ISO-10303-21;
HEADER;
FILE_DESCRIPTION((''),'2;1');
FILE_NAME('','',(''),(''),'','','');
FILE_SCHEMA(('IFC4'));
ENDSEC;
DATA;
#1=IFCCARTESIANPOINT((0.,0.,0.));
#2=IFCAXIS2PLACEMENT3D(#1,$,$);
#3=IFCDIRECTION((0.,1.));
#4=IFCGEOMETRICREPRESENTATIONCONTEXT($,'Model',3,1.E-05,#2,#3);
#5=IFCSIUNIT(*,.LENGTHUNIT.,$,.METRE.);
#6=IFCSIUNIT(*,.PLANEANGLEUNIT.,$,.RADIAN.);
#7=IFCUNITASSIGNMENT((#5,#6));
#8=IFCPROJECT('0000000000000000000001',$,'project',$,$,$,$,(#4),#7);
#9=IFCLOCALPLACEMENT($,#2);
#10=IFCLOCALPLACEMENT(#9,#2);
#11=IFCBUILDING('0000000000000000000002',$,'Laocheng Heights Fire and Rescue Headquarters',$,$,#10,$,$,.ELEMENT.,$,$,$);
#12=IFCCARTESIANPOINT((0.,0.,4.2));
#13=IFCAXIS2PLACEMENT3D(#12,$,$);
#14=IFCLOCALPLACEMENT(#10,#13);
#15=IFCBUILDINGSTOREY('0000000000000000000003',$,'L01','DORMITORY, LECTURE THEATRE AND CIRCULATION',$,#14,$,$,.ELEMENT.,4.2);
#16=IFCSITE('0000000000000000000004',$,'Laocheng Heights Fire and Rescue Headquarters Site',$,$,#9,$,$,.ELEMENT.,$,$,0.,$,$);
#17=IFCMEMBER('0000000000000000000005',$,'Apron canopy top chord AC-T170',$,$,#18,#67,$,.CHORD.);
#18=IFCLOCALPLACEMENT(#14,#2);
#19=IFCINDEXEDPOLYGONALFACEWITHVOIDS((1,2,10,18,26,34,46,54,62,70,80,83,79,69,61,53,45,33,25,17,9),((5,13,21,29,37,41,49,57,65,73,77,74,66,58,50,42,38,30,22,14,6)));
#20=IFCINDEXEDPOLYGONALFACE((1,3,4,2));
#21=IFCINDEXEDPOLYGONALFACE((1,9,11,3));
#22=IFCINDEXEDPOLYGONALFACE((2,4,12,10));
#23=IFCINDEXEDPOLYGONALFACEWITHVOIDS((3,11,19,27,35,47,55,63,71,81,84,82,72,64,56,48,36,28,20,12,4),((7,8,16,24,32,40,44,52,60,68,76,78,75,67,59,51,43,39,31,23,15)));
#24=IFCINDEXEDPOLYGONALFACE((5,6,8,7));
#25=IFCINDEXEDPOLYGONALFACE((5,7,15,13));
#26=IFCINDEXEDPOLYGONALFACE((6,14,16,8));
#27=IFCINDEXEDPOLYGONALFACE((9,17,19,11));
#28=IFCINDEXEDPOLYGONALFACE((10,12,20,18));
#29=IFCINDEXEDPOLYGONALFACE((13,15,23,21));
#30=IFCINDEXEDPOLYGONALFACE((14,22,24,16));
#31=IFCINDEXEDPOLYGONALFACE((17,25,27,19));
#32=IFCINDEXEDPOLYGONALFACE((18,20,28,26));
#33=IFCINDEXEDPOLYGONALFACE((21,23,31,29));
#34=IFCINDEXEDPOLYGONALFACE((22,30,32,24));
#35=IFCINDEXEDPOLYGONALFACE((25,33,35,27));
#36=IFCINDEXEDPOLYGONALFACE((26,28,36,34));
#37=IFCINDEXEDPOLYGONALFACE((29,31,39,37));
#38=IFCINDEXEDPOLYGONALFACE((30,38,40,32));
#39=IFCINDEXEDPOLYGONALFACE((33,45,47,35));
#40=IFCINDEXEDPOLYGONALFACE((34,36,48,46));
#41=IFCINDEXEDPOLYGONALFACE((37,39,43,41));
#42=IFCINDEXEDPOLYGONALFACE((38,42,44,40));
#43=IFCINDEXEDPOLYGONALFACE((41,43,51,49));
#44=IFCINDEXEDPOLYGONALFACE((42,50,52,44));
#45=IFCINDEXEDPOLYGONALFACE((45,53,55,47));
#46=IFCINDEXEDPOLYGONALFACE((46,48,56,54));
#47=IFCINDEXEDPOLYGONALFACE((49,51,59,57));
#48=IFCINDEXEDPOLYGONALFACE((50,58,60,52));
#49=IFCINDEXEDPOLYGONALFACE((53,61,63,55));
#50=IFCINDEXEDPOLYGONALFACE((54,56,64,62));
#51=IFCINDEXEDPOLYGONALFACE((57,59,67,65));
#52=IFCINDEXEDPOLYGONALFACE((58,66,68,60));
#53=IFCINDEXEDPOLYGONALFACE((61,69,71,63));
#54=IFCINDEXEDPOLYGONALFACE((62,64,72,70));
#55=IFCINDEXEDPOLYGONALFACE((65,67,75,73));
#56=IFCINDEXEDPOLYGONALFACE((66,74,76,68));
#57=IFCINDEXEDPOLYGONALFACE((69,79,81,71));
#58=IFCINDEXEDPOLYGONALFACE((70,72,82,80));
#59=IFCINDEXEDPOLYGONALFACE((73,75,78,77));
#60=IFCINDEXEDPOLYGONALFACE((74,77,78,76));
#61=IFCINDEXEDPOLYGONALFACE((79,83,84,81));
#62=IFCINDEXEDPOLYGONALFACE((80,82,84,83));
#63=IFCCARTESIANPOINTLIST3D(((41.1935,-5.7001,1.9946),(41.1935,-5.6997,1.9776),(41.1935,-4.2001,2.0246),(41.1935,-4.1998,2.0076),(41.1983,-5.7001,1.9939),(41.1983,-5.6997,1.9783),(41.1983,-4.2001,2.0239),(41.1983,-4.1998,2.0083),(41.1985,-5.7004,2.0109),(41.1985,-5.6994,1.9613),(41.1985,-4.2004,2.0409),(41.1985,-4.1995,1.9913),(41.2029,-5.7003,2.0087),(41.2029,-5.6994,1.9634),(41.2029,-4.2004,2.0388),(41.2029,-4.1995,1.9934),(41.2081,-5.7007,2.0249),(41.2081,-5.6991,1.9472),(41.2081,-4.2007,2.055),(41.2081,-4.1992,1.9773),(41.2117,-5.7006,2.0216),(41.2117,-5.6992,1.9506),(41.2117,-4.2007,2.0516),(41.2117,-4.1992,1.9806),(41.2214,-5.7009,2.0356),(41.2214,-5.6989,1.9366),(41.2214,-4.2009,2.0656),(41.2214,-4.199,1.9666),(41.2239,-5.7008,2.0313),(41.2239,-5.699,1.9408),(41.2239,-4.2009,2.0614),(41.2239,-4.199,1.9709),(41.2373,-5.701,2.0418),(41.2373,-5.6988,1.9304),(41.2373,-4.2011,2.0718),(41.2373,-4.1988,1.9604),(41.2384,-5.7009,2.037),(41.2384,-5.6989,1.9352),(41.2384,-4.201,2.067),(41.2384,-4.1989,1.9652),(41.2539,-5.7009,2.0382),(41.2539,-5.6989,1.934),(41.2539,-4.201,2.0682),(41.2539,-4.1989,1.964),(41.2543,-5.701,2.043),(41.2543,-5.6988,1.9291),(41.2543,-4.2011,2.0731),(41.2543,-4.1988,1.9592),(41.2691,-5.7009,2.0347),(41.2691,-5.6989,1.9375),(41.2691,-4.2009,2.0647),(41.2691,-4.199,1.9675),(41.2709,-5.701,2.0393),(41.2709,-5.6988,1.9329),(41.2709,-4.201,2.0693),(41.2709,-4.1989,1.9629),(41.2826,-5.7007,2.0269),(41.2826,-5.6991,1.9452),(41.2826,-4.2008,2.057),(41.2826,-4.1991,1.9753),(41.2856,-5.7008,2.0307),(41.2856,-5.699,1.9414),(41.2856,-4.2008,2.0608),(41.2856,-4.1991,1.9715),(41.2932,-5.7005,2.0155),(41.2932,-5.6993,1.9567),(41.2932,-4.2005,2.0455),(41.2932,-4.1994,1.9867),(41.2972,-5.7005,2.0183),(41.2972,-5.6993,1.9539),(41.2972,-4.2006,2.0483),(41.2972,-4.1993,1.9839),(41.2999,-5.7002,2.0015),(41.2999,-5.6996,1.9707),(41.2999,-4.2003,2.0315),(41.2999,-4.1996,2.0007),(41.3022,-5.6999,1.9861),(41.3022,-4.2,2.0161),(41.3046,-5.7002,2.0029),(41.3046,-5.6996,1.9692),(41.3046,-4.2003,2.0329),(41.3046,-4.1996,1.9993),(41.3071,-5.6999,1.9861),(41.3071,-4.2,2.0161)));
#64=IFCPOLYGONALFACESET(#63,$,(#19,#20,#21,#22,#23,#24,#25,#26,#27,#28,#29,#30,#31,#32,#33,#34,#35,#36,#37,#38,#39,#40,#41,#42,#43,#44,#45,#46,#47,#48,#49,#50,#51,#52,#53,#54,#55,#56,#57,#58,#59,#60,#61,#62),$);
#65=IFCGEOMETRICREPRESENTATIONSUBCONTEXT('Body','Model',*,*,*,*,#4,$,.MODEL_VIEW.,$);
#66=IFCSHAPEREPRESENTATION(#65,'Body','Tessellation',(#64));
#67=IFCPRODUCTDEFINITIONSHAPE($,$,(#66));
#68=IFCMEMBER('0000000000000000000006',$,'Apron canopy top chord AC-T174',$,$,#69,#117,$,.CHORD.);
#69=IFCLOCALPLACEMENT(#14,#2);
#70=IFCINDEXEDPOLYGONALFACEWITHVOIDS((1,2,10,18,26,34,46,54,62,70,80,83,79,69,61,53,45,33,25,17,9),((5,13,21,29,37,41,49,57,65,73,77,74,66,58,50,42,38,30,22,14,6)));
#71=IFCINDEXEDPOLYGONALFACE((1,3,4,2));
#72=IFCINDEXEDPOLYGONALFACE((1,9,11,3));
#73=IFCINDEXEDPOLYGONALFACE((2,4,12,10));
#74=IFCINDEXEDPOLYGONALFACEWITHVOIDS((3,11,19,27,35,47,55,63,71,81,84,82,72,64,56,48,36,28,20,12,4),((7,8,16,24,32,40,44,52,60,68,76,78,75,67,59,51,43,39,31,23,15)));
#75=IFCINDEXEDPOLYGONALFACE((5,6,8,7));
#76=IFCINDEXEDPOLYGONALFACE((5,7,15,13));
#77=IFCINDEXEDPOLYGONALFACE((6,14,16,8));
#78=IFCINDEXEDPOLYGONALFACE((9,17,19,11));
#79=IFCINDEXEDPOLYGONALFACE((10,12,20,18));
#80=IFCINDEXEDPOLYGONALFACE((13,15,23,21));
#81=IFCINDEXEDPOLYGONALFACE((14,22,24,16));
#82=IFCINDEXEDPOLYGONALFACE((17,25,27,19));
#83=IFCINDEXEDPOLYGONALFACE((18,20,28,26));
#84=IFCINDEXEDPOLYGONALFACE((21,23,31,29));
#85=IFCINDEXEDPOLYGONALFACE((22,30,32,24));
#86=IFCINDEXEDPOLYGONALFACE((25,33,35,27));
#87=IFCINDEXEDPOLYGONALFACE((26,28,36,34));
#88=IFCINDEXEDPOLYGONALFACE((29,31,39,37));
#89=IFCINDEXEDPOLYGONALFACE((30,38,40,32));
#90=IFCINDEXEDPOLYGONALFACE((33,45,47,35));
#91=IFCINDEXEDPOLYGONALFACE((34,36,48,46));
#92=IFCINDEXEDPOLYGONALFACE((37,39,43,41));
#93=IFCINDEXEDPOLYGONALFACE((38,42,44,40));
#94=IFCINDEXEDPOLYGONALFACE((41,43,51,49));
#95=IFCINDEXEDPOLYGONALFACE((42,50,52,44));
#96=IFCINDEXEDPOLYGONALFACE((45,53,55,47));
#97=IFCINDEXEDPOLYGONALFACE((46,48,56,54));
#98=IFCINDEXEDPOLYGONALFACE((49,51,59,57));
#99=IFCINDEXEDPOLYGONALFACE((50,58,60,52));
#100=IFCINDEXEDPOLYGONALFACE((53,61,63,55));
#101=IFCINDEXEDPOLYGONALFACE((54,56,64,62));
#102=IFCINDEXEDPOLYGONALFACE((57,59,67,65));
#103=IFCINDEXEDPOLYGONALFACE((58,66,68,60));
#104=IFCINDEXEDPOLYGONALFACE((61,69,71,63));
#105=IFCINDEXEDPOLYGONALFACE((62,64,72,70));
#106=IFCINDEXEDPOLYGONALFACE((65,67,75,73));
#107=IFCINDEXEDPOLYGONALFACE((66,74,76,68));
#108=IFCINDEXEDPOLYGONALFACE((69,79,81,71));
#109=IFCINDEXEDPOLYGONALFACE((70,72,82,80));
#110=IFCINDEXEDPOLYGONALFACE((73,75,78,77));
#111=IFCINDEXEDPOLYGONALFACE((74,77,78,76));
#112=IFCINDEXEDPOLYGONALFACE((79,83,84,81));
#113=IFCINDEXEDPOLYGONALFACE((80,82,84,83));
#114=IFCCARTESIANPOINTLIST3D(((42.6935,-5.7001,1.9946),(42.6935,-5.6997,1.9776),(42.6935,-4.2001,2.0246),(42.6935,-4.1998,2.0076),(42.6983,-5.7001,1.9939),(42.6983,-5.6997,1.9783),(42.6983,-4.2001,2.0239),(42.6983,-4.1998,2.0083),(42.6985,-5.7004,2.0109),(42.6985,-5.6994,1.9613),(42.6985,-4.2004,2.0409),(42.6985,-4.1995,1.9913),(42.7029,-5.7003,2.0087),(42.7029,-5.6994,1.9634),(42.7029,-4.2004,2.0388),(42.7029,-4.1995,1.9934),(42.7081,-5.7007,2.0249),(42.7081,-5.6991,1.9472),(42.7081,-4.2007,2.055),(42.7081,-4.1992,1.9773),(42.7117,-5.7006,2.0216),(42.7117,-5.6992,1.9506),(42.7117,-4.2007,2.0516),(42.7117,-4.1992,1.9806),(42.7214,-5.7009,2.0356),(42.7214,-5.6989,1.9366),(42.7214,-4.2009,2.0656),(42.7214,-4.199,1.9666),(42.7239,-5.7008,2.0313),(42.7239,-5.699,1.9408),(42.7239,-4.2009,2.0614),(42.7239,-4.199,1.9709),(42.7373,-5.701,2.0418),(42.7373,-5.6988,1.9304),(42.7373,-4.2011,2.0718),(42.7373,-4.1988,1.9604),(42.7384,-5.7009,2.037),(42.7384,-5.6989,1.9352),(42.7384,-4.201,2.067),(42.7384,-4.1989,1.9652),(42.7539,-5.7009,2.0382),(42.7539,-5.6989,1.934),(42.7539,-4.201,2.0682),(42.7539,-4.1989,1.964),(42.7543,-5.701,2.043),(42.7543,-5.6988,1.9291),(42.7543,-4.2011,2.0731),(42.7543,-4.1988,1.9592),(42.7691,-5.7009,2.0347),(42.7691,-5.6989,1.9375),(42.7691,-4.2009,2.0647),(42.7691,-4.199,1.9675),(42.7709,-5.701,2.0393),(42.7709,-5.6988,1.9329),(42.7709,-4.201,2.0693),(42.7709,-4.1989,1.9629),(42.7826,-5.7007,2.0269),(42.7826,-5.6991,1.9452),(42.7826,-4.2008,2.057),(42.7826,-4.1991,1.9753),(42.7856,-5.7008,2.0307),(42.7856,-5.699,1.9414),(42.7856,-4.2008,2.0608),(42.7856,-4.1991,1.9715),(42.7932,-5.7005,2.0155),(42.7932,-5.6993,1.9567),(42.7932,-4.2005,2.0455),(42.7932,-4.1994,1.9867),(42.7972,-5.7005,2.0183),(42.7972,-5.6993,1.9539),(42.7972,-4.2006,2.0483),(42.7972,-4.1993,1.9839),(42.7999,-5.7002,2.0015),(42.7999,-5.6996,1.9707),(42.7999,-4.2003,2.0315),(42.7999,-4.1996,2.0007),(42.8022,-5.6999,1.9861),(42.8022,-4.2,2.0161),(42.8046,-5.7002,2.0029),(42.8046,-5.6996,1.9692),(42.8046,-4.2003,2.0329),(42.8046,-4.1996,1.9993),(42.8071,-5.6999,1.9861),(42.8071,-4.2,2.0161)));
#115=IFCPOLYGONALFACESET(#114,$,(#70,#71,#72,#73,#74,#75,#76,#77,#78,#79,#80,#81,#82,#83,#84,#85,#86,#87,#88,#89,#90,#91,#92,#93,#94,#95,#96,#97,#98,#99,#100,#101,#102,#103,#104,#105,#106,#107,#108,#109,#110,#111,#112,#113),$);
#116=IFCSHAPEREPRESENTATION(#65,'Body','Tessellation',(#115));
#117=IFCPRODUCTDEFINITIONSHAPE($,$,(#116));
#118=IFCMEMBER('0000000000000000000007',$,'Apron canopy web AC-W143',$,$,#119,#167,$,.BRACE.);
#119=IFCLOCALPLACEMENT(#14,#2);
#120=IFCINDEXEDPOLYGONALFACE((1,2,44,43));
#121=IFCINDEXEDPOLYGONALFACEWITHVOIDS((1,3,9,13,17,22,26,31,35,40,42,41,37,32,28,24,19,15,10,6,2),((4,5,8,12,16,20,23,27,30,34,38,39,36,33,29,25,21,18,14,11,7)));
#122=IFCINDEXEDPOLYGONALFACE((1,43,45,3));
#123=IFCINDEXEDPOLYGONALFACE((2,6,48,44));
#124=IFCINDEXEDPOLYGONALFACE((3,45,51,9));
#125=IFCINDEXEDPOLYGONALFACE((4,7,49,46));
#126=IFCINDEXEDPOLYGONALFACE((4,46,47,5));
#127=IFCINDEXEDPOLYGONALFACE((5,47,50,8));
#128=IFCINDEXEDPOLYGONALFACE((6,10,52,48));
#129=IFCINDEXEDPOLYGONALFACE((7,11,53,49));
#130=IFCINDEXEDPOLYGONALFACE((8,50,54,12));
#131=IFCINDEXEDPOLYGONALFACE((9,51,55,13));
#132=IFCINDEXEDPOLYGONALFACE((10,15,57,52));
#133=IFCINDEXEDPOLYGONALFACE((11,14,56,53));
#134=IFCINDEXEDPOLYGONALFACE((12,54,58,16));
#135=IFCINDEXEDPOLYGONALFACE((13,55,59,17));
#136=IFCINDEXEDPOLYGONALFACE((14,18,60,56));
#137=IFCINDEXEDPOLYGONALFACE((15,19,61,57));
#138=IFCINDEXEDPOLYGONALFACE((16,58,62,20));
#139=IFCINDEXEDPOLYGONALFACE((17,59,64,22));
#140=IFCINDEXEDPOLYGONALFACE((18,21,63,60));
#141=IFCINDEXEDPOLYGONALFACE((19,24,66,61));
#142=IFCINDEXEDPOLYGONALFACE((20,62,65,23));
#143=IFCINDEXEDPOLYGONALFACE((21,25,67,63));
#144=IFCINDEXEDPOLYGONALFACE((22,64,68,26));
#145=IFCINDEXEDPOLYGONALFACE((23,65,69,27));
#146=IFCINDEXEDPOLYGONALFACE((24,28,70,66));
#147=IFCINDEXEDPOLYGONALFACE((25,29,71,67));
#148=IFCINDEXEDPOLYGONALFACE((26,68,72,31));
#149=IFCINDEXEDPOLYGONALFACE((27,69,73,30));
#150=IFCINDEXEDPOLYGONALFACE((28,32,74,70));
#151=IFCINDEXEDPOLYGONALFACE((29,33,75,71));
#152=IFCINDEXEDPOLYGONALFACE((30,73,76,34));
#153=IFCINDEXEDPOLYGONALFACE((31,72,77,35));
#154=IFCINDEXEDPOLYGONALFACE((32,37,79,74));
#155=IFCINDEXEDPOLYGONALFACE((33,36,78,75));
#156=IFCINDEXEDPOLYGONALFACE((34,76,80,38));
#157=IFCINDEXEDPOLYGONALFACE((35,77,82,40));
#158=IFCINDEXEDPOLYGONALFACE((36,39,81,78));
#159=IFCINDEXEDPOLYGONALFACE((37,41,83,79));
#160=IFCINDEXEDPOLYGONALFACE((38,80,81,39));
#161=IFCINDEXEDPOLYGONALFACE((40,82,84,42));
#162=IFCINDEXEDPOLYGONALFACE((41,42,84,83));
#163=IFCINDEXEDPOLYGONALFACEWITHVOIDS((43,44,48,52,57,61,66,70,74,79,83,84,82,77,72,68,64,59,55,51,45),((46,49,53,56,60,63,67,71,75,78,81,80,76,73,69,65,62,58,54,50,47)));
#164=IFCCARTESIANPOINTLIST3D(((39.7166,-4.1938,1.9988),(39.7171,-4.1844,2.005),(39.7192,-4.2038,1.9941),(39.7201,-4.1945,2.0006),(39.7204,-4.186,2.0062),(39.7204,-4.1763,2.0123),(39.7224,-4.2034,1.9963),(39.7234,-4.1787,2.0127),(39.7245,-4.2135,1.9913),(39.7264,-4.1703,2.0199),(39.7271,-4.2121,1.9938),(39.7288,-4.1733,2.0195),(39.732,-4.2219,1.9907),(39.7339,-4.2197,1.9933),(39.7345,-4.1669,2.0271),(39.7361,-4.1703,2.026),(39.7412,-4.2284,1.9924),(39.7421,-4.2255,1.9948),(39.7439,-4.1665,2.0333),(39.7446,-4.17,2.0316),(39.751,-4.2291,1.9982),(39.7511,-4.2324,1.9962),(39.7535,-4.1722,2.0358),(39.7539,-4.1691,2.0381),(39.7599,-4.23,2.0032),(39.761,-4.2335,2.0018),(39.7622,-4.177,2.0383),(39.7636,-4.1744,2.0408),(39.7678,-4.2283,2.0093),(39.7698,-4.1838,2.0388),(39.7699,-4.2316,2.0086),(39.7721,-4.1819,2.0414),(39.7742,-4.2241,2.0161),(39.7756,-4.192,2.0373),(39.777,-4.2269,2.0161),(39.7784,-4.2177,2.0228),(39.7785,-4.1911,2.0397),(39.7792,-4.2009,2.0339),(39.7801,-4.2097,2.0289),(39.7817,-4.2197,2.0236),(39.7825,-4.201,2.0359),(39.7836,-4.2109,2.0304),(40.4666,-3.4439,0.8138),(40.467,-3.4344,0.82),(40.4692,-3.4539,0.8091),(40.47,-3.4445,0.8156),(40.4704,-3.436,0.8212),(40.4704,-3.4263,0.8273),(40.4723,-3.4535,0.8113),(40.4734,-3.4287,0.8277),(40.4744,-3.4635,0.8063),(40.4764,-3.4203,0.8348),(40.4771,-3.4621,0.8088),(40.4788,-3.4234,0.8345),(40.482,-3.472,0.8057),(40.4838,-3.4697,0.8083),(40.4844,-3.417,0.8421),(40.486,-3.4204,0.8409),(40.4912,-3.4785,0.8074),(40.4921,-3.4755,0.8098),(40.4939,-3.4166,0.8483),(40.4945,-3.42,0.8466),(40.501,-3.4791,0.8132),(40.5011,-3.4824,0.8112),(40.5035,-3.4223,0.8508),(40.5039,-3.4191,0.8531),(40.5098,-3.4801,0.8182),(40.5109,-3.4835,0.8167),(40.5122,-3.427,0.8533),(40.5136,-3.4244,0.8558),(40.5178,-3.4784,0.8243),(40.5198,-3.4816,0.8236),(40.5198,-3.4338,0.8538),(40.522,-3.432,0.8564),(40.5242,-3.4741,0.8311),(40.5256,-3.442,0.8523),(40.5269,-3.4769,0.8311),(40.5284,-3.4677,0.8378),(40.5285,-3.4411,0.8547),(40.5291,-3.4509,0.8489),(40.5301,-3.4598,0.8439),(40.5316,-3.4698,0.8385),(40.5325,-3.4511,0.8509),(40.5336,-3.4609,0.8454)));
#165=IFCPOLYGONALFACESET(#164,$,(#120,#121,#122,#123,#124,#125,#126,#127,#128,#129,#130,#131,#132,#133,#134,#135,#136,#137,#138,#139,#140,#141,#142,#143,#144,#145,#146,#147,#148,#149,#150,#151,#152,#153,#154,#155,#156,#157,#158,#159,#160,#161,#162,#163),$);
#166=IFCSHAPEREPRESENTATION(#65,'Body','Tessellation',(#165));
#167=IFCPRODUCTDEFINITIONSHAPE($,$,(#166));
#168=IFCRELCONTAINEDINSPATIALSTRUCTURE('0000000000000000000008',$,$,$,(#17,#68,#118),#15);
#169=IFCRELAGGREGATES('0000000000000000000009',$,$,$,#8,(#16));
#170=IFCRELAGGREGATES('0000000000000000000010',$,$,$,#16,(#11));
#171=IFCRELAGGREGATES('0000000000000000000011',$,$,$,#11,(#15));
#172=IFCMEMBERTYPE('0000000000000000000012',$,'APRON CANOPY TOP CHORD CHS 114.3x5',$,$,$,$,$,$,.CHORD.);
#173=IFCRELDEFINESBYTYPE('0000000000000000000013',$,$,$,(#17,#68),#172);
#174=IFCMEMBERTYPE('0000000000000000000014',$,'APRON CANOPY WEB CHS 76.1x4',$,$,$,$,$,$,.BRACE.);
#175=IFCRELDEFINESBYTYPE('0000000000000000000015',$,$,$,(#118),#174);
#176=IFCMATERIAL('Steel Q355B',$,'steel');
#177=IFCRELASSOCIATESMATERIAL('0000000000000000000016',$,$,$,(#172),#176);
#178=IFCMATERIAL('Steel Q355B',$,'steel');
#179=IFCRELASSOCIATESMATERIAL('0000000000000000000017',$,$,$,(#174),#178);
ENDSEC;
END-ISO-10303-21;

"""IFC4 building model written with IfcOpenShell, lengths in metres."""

from ifc_helpers import new_model, si_unit, direction, frame, origin, origin_2d, place, context, subcontext, project, spatial, hollow_circle, extrude, material, material_profile, profile_set, type_object, element, save


model = new_model("IFC4")

# Units and contexts
model_context = context("Model", 3, precision=1e-05, world=origin(), true_north=direction((0.0, 1.0)))
body_context = subcontext(model_context, "Body", "Model", "MODEL_VIEW")
ifc_project = project(units=[si_unit("LENGTHUNIT", "METRE"), si_unit("PLANEANGLEUNIT", "RADIAN")], contexts=[model_context])

# Site, building, storey
site_placement = place(None, origin())
site = spatial("IfcSite", under=ifc_project, at=site_placement, Name="Laocheng Heights Fire and Rescue Headquarters Site", CompositionType="ELEMENT", RefElevation=0.0)
building_placement = place(site_placement, origin())
building = spatial("IfcBuilding", under=site, at=building_placement, Name="Laocheng Heights Fire and Rescue Headquarters", CompositionType="ELEMENT")
storey_placement = place(building_placement, frame((0.0, 0.0, 4.2)))
storey = spatial("IfcBuildingStorey", under=building, at=storey_placement, Name="L01", Description="DORMITORY, LECTURE THEATRE AND CIRCULATION", CompositionType="ELEMENT", Elevation=4.2)

# Members
ifc_material_1 = material(Name="Steel Q355B", Category="steel")
ifc_material_profile_1 = material_profile(ifc_material_1, hollow_circle(Radius=0.0571, WallThickness=0.0049, at=origin_2d()), Name="CHS 114.3x5")
ifc_profile_set_1 = profile_set([ifc_material_profile_1], Name="Steel Q355B")
member_type_1 = type_object("IfcMemberType", Name="APRON CANOPY TOP CHORD CHS 114.3x5", PredefinedType="CHORD", material=ifc_profile_set_1)
for number, where, z_axis, x_axis, name in (
    (1, (41.25, -4.2, 2.0161), (0.0, -0.9998, -0.020016), (1.0, 0.0, 0.0), "Apron canopy top chord AC-T170"),
    (2, (42.75, -4.2, 2.0161), (0.0, -0.9998, -0.020016), (1.0, 0.0, 0.0), "Apron canopy top chord AC-T174"),
):
    element("IfcMember", number, at=place(storey_placement, frame(where, z_axis=z_axis, x_axis=x_axis)), inside=storey, type_object=member_type_1, Name=name, PredefinedType="CHORD", context=body_context, shape_type="SweptSolid", body=[
        extrude(hollow_circle(Radius=0.0571, WallThickness=0.0049, at=origin_2d()), origin(), (0.0, 0.0, 1.0), 1.5002),
    ])
ifc_material_2 = material(Name="Steel Q355B", Category="steel")
ifc_material_profile_2 = material_profile(ifc_material_2, hollow_circle(Radius=0.0381, WallThickness=0.0039, at=origin_2d()), Name="CHS 76.1x4")
ifc_profile_set_2 = profile_set([ifc_material_profile_2], Name="Steel Q355B")
member_type_2 = type_object("IfcMemberType", Name="APRON CANOPY WEB CHS 76.1x4", PredefinedType="BRACE", material=ifc_profile_set_2)
for number, where, z_axis, x_axis, name in (
    (3, (40.5, -3.45, 0.8311), (-0.47158, -0.47158, 0.745134), (0.707107, -0.707107, 0.0), "Apron canopy web AC-W143"),
):
    element("IfcMember", number, at=place(storey_placement, frame(where, z_axis=z_axis, x_axis=x_axis)), inside=storey, type_object=member_type_2, Name=name, PredefinedType="BRACE", context=body_context, shape_type="SweptSolid", body=[
        extrude(hollow_circle(Radius=0.0381, WallThickness=0.0039, at=origin_2d()), origin(), (0.0, 0.0, 1.0), 1.5903),
    ])

save(model, "model.ifc")
